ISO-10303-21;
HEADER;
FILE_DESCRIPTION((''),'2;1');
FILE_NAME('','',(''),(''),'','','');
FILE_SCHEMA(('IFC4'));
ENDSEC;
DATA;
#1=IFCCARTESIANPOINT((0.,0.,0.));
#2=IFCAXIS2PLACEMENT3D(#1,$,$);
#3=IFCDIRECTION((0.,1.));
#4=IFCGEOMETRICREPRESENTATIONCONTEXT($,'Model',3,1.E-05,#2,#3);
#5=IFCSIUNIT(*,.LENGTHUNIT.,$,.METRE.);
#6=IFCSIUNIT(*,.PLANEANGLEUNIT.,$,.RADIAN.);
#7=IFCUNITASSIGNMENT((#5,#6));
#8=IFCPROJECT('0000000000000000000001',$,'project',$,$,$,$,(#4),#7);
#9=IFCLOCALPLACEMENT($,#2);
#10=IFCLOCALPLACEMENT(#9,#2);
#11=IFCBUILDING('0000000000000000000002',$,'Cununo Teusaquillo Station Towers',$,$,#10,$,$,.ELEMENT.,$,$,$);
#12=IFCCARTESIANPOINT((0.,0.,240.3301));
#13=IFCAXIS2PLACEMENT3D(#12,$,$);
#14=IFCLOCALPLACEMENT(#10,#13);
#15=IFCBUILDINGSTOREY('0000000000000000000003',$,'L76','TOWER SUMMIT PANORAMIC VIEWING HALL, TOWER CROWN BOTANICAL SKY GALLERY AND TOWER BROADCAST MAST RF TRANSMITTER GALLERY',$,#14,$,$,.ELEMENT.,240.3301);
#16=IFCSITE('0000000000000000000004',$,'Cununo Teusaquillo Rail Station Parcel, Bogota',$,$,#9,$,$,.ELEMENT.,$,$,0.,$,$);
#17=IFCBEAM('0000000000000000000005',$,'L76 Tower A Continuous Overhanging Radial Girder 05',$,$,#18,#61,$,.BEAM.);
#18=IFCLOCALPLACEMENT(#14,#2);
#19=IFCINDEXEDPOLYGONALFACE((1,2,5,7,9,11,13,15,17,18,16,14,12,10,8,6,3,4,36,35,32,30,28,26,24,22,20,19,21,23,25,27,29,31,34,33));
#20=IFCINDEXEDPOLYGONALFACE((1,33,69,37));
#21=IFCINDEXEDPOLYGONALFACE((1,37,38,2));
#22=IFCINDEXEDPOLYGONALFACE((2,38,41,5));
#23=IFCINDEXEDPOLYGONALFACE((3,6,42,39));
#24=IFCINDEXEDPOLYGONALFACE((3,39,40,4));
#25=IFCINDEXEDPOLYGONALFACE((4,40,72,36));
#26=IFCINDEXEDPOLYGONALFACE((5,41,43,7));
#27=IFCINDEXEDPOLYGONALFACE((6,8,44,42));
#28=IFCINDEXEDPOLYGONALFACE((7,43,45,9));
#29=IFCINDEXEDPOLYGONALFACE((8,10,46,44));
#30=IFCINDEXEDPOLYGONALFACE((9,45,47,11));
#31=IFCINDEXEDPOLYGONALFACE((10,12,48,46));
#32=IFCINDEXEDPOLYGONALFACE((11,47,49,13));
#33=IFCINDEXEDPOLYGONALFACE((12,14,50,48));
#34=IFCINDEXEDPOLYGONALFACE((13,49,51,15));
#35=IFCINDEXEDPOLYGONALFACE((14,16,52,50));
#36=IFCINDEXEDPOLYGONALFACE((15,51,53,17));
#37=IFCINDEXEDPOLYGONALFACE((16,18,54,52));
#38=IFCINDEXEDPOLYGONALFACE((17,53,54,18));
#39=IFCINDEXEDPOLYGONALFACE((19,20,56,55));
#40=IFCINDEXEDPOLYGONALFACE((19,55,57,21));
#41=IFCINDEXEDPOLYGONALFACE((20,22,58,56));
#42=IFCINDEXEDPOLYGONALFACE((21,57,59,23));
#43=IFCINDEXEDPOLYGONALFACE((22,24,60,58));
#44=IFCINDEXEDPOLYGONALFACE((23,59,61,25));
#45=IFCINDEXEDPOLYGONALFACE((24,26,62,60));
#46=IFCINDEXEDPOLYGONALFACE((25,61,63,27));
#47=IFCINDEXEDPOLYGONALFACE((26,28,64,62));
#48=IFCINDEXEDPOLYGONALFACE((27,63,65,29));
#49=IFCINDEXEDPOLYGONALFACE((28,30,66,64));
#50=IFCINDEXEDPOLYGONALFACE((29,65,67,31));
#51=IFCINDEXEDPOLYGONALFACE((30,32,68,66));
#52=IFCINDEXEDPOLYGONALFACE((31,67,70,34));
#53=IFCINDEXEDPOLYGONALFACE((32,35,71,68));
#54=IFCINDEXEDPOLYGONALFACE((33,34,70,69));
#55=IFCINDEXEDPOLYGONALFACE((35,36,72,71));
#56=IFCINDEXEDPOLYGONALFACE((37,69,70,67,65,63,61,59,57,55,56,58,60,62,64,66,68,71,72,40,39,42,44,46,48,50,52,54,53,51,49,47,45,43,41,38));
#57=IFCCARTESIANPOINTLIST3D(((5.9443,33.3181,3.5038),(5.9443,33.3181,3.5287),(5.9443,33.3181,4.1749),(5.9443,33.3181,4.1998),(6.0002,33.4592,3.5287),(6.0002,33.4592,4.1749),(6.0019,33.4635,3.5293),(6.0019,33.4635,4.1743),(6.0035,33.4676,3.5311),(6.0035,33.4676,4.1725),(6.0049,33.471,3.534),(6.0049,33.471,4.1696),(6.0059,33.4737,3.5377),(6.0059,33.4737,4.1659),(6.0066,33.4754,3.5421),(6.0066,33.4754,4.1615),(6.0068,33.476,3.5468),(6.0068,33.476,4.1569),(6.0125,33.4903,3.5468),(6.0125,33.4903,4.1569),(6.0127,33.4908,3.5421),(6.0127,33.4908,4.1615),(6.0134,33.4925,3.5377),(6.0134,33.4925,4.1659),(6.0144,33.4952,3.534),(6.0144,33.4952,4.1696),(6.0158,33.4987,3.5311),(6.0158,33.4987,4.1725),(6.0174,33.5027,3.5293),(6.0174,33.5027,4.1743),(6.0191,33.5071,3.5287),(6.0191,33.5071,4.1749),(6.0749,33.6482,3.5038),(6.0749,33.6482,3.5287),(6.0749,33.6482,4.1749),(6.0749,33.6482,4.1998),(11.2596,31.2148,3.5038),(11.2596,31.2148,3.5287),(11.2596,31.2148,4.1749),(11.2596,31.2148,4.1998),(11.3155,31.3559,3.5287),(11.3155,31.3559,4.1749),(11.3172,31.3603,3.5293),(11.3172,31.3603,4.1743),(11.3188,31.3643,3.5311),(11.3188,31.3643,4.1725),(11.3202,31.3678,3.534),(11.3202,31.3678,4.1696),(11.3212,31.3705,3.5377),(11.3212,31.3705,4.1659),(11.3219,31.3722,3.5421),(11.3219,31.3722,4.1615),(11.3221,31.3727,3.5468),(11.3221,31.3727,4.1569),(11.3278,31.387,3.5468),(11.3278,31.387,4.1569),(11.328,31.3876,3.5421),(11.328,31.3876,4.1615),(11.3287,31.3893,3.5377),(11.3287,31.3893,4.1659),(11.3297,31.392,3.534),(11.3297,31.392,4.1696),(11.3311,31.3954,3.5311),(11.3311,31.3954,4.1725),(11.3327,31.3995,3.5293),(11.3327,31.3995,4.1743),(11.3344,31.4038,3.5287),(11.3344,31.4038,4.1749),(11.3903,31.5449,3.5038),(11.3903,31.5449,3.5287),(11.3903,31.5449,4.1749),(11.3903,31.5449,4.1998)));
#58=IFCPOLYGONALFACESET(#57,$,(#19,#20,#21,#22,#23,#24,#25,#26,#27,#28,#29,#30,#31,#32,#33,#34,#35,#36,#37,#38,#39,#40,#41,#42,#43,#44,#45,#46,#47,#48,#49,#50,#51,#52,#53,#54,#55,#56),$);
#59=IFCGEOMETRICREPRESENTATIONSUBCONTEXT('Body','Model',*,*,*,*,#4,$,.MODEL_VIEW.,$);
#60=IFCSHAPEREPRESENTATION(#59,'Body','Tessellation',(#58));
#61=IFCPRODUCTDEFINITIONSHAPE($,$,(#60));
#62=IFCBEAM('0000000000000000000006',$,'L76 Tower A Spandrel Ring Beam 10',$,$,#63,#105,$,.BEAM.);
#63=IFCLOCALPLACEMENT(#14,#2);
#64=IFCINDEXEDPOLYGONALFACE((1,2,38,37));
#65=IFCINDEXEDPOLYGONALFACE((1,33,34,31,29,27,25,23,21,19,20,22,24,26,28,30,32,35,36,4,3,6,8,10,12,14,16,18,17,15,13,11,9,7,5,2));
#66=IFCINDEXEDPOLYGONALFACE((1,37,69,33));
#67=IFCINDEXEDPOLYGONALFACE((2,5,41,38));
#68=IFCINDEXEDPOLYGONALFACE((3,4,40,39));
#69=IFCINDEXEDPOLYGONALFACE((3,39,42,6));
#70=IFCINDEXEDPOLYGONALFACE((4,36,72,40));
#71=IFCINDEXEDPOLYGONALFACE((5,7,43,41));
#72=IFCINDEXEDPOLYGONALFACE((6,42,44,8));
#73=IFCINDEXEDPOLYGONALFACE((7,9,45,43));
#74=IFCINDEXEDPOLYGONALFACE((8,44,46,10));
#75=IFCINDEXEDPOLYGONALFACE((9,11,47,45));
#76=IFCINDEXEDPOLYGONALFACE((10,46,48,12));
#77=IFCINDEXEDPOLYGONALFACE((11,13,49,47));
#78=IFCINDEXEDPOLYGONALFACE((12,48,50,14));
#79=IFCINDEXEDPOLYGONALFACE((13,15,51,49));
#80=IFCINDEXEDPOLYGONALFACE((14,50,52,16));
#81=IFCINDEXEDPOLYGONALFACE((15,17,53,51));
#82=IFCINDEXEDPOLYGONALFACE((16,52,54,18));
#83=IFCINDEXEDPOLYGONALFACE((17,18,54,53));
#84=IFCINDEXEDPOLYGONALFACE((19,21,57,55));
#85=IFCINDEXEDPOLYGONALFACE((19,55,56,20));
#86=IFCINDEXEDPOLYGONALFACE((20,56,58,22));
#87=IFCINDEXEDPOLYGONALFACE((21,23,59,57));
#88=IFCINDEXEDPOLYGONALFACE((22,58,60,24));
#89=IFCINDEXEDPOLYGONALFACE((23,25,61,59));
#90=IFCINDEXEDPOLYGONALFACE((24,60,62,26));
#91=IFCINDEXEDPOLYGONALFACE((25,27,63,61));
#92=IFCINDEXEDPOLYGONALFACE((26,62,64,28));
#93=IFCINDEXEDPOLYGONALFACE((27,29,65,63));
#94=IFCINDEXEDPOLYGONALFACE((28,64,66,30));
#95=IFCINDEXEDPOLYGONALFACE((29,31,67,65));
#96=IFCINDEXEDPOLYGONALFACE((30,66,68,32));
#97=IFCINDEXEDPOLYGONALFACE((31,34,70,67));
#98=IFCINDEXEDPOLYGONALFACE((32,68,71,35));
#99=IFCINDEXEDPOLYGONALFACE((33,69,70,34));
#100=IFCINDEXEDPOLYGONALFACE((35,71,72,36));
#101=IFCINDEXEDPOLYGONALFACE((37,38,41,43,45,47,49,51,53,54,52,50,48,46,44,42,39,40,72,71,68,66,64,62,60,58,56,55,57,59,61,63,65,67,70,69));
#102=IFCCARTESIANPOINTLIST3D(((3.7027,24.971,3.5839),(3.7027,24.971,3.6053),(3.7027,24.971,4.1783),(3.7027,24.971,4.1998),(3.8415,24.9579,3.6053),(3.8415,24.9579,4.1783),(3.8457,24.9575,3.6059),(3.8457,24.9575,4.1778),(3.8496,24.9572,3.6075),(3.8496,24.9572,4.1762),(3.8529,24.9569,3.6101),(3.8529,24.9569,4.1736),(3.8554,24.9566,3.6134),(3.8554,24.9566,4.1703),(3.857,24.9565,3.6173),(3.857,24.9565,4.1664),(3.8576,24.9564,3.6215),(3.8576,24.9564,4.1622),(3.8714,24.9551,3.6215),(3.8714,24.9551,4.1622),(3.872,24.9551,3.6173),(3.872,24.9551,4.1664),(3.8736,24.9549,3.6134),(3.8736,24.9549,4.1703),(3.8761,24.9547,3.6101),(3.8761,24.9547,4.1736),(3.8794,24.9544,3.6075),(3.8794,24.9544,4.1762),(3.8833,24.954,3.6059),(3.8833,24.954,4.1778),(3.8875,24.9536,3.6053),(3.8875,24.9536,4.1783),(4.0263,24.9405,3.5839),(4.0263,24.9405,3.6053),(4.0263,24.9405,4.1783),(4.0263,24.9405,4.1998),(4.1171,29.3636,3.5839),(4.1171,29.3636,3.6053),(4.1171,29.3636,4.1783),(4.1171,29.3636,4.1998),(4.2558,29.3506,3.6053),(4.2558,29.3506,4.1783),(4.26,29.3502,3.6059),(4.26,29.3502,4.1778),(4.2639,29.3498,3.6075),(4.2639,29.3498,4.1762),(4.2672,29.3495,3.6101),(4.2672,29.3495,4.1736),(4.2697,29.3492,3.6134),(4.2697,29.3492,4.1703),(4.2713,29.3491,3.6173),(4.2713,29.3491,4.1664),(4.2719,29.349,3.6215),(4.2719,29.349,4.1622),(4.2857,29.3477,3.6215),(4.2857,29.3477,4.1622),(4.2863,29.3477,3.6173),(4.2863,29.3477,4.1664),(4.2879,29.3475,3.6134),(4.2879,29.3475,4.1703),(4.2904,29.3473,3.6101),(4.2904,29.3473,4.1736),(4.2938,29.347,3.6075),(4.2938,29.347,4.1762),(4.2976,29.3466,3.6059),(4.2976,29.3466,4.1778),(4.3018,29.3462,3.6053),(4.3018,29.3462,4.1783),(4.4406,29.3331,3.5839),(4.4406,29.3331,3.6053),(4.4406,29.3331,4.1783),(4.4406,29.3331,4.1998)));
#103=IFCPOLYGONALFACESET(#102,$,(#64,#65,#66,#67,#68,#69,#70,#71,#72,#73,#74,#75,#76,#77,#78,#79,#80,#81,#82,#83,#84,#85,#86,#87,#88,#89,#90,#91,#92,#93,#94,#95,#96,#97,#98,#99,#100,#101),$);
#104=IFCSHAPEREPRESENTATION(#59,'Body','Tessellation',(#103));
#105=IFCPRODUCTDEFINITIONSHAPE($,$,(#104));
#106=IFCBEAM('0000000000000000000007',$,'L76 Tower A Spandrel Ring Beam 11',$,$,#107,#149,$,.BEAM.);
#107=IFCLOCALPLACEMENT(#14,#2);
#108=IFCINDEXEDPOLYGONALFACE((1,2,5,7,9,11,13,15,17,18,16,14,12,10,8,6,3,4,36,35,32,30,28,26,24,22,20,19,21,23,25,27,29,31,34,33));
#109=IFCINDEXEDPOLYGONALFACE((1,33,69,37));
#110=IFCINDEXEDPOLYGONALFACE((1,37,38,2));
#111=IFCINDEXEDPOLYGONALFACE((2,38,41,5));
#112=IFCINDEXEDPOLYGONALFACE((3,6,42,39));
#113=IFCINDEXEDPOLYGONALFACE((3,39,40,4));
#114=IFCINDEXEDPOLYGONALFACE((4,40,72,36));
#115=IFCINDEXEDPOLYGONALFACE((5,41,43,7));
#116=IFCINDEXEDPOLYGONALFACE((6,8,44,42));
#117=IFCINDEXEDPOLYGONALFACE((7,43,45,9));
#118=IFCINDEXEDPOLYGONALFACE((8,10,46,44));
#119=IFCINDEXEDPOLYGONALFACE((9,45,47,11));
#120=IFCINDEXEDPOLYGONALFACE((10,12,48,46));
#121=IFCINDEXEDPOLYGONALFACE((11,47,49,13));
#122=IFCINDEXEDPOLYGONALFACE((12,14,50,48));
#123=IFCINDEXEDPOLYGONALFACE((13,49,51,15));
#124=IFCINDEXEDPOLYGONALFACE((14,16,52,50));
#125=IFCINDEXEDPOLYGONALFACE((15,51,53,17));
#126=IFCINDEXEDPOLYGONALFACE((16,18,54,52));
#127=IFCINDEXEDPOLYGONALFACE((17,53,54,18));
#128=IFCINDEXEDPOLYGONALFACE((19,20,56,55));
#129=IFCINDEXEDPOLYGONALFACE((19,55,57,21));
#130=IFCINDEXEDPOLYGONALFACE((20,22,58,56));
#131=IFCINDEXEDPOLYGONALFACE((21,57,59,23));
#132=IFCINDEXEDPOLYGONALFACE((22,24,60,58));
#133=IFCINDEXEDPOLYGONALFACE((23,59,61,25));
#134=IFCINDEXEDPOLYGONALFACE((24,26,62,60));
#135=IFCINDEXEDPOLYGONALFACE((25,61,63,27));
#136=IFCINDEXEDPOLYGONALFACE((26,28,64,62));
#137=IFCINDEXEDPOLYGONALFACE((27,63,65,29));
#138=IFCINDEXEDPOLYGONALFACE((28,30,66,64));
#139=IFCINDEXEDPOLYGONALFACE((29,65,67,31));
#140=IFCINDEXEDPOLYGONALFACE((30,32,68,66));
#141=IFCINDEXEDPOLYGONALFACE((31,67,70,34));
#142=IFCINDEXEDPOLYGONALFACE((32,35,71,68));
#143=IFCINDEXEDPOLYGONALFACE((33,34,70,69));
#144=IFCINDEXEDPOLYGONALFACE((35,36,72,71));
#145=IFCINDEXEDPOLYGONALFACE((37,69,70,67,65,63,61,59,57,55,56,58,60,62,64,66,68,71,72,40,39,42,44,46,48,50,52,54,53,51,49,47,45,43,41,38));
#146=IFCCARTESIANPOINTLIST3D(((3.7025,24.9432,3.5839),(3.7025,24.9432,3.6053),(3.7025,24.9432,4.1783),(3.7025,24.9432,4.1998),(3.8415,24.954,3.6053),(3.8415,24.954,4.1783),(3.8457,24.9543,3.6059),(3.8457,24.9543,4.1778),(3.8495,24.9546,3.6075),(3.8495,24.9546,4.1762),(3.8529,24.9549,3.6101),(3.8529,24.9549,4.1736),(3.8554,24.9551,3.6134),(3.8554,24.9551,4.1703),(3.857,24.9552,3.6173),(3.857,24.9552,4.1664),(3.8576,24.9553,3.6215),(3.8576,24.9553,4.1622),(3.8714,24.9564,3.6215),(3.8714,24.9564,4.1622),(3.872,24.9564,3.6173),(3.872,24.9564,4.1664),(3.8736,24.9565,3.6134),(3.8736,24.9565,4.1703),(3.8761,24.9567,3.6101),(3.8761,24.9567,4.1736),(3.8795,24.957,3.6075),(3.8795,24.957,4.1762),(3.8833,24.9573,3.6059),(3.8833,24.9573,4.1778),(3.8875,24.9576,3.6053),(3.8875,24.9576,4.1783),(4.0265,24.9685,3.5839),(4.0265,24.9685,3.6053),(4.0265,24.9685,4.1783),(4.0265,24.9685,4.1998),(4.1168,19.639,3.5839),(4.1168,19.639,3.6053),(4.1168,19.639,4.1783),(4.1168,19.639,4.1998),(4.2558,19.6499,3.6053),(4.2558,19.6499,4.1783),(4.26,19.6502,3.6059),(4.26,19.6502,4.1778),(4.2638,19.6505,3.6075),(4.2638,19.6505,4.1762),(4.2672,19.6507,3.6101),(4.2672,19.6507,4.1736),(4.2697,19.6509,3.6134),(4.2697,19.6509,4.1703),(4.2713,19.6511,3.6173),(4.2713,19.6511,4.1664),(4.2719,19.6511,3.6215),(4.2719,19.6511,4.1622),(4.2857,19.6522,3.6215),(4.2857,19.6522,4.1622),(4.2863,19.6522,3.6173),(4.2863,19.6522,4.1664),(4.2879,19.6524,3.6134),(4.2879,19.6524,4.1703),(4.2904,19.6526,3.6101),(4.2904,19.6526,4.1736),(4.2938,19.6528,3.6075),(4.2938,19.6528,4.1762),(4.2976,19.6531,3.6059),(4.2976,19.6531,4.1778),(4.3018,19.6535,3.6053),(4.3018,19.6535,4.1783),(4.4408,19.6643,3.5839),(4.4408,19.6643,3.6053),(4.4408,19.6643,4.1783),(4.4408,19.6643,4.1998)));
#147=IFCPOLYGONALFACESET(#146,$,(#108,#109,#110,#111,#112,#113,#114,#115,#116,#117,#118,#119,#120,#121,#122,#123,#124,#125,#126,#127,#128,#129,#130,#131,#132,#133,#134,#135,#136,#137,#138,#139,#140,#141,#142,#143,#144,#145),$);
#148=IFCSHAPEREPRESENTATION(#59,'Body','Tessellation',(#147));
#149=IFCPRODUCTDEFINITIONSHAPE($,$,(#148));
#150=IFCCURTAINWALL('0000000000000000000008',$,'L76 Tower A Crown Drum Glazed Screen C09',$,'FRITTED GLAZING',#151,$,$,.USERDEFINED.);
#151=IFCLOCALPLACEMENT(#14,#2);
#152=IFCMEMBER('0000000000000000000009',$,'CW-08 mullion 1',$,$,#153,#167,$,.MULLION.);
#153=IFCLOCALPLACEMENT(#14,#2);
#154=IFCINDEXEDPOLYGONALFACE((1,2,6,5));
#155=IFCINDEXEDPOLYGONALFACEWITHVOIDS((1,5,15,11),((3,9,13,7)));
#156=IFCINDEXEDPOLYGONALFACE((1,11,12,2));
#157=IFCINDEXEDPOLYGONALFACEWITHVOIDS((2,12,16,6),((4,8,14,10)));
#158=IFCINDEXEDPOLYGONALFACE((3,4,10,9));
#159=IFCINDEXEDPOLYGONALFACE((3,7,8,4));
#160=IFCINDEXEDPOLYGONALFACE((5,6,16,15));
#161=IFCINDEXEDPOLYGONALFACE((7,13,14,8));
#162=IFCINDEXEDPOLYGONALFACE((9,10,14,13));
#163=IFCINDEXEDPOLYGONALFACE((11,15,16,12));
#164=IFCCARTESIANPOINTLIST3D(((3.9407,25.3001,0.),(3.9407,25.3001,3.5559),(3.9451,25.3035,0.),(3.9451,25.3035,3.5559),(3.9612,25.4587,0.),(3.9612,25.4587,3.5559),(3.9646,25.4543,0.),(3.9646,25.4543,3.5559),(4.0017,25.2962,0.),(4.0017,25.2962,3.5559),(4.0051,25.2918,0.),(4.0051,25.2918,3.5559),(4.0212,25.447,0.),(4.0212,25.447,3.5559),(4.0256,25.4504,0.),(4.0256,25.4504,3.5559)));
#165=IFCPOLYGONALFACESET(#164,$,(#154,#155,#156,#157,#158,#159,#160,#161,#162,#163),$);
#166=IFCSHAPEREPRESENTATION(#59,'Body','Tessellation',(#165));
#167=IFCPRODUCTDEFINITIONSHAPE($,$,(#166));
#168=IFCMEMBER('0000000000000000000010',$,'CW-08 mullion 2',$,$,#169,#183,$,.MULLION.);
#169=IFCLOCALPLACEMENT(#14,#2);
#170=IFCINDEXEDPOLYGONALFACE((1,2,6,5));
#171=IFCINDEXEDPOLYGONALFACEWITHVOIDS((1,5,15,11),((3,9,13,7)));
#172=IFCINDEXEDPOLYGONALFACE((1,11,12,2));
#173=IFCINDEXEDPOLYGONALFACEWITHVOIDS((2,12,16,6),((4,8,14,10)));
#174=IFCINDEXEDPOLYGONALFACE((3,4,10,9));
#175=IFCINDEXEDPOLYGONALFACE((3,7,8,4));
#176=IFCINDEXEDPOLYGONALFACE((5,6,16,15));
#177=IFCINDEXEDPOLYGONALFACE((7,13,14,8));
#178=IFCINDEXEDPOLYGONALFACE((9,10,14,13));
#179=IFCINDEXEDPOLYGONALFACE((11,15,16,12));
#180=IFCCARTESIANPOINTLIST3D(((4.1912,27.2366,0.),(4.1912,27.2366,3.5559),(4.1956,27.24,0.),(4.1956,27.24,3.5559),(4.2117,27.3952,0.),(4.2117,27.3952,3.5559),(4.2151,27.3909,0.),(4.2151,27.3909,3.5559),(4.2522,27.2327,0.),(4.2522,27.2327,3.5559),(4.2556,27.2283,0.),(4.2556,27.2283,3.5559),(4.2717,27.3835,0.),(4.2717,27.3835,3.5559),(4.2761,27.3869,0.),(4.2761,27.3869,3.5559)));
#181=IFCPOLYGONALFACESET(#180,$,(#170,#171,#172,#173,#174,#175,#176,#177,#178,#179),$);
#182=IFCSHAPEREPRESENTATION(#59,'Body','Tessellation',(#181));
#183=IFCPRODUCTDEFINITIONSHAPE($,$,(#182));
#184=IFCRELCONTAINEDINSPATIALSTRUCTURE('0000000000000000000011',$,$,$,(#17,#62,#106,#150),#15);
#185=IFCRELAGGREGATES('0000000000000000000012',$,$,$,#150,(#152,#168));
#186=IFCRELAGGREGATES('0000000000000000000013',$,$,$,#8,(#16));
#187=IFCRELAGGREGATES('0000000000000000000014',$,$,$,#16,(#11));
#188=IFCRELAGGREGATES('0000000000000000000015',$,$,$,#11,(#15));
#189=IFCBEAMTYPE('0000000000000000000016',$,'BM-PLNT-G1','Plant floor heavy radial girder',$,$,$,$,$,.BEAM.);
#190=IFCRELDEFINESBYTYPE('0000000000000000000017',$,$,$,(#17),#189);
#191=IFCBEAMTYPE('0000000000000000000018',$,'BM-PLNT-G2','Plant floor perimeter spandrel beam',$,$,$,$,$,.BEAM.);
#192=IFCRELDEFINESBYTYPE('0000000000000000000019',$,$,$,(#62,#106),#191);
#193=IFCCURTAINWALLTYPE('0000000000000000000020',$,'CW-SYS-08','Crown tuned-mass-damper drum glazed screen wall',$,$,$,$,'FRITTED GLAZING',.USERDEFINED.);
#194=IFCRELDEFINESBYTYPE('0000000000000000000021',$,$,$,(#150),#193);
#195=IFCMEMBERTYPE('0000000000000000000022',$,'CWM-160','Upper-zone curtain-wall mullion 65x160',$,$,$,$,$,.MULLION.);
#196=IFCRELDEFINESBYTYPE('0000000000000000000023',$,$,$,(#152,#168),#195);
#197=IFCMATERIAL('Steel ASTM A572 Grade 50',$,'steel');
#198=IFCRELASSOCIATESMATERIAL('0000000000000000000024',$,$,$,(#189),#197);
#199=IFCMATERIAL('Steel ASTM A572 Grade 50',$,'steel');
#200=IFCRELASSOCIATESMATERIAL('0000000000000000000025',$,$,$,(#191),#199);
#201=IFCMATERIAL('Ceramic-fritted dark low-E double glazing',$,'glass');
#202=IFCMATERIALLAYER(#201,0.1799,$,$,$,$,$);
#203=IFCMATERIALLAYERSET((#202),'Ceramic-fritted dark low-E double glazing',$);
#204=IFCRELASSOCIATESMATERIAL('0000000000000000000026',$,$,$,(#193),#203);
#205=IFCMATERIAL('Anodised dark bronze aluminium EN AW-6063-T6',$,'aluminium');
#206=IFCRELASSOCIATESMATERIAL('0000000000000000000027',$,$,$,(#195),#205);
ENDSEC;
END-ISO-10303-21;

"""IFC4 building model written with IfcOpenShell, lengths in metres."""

from ifc_helpers import new_model, si_unit, direction, frame, origin, origin_2d, place, context, subcontext, project, spatial, hollow_rectangle, i_section, extrude, material, layer, layer_set, material_profile, profile_set, type_object, element, aggregate, save


model = new_model("IFC4")

# Units and contexts
model_context = context("Model", 3, precision=1e-05, world=origin(), true_north=direction((0.0, 1.0)))
body_context = subcontext(model_context, "Body", "Model", "MODEL_VIEW")
ifc_project = project(units=[si_unit("LENGTHUNIT", "METRE"), si_unit("PLANEANGLEUNIT", "RADIAN")], contexts=[model_context])

# Site, building, storey
site_placement = place(None, origin())
site = spatial("IfcSite", under=ifc_project, at=site_placement, Name="Cununo Teusaquillo Rail Station Parcel, Bogota", CompositionType="ELEMENT", RefElevation=0.0)
building_placement = place(site_placement, origin())
building = spatial("IfcBuilding", under=site, at=building_placement, Name="Cununo Teusaquillo Station Towers", CompositionType="ELEMENT")
storey_placement = place(building_placement, frame((0.0, 0.0, 240.3301)))
storey = spatial("IfcBuildingStorey", under=building, at=storey_placement, Name="L76", Description="TOWER SUMMIT PANORAMIC VIEWING HALL, TOWER CROWN BOTANICAL SKY GALLERY AND TOWER BROADCAST MAST RF TRANSMITTER GALLERY", CompositionType="ELEMENT", Elevation=240.3301)

# Beams
ifc_material_1 = material(Name="Steel ASTM A572 Grade 50", Category="steel")
ifc_material_profile_1 = material_profile(ifc_material_1, i_section(OverallWidth=0.355, OverallDepth=0.696, WebThickness=0.0154, FlangeThickness=0.0249, FilletRadius=0.0181, at=origin_2d()), Name="W27X146")
ifc_profile_set_1 = profile_set([ifc_material_profile_1], Name="Steel ASTM A572 Grade 50")
beam_type_1 = type_object("IfcBeamType", Name="BM-PLNT-G1", Description="Plant floor heavy radial girder", PredefinedType="BEAM", material=ifc_profile_set_1)
beam_1_placement = place(storey_placement, frame((11.325, 31.3799, 3.8518), z_axis=(-0.929852, 0.367935, 0.0), x_axis=(-0.367935, -0.929852, 0.0)))
element("IfcBeam", 1, at=beam_1_placement, inside=storey, type_object=beam_type_1, Name="L76 Tower A Continuous Overhanging Radial Girder 05", PredefinedType="BEAM", context=body_context, shape_type="SweptSolid", body=[
    extrude(i_section(OverallWidth=0.355, OverallDepth=0.696, WebThickness=0.0154, FlangeThickness=0.0249, FilletRadius=0.0181, at=origin_2d()), origin(), (0.0, 0.0, 1.0), 5.7163),
])
ifc_material_2 = material(Name="Steel ASTM A572 Grade 50", Category="steel")
ifc_material_profile_2 = material_profile(ifc_material_2, i_section(OverallWidth=0.325, OverallDepth=0.616, WebThickness=0.0139, FlangeThickness=0.0215, FilletRadius=0.0161, at=origin_2d()), Name="W24X117")
ifc_profile_set_2 = profile_set([ifc_material_profile_2], Name="Steel ASTM A572 Grade 50")
beam_type_2 = type_object("IfcBeamType", Name="BM-PLNT-G2", Description="Plant floor perimeter spandrel beam", PredefinedType="BEAM", material=ifc_profile_set_2)
beam_2_placement = place(storey_placement, frame((4.2788, 29.3484, 3.8918), z_axis=(-0.093903, -0.995581, 0.0), x_axis=(0.995581, -0.093903, 0.0)))
element("IfcBeam", 2, at=beam_2_placement, inside=storey, type_object=beam_type_2, Name="L76 Tower A Spandrel Ring Beam 10", PredefinedType="BEAM", context=body_context, shape_type="SweptSolid", body=[
    extrude(i_section(OverallWidth=0.325, OverallDepth=0.616, WebThickness=0.0139, FlangeThickness=0.0215, FilletRadius=0.0161, at=origin_2d()), origin(), (0.0, 0.0, 1.0), 4.4121),
])
beam_3_placement = place(storey_placement, frame((3.8645, 24.9558, 3.8918), z_axis=(0.077872, -0.996963, 0.0), x_axis=(0.996963, 0.077872, 0.0)))
element("IfcBeam", 3, at=beam_3_placement, inside=storey, type_object=beam_type_2, Name="L76 Tower A Spandrel Ring Beam 11", PredefinedType="BEAM", context=body_context, shape_type="SweptSolid", body=[
    extrude(i_section(OverallWidth=0.325, OverallDepth=0.616, WebThickness=0.0139, FlangeThickness=0.0215, FilletRadius=0.0161, at=origin_2d()), origin(), (0.0, 0.0, 1.0), 5.3203),
])

# Curtain wall, members
ifc_material_3 = material(Name="Ceramic-fritted dark low-E double glazing", Category="glass")
ifc_layer_1 = layer(ifc_material_3, 0.1799)
ifc_layer_set_1 = layer_set([ifc_layer_1], Name="Ceramic-fritted dark low-E double glazing")
curtain_wall_type = type_object("IfcCurtainWallType", Name="CW-SYS-08", Description="Crown tuned-mass-damper drum glazed screen wall", ElementType="FRITTED GLAZING", PredefinedType="USERDEFINED", material=ifc_layer_set_1)
curtain_wall_placement = place(storey_placement, origin())
curtain_wall = element("IfcCurtainWall", 4, at=curtain_wall_placement, inside=storey, type_object=curtain_wall_type, Name="L76 Tower A Crown Drum Glazed Screen C09", ObjectType="FRITTED GLAZING", PredefinedType="USERDEFINED")
ifc_material_4 = material(Name="Anodised dark bronze aluminium EN AW-6063-T6", Category="aluminium")
ifc_material_profile_3 = material_profile(ifc_material_4, hollow_rectangle(XDim=0.0649, YDim=0.1599, WallThickness=0.0039, at=origin_2d()), Name="CW-MULL-65x160")
ifc_profile_set_3 = profile_set([ifc_material_profile_3], Name="Anodised dark bronze aluminium EN AW-6063-T6")
member_type_1 = type_object("IfcMemberType", Name="CWM-160", Description="Upper-zone curtain-wall mullion 65x160", PredefinedType="MULLION", material=ifc_profile_set_3)
member_1_placement = place(storey_placement, frame((3.9832, 25.3752, 0.0), z_axis=(0.0, 0.0, 1.0), x_axis=(-0.991742, 0.128253, 0.0)))
member_1 = element("IfcMember", 5, at=member_1_placement, type_object=member_type_1, Name="CW-08 mullion 1", PredefinedType="MULLION", context=body_context, shape_type="SweptSolid", body=[
    extrude(hollow_rectangle(XDim=0.0649, YDim=0.1599, WallThickness=0.0039, at=origin_2d()), origin(), (0.0, 0.0, 1.0), 3.5559),
])
member_2_placement = place(storey_placement, frame((4.2336, 27.3118, 0.0), z_axis=(0.0, 0.0, 1.0), x_axis=(-0.991742, 0.128253, 0.0)))
member_2 = element("IfcMember", 6, at=member_2_placement, type_object=member_type_1, Name="CW-08 mullion 2", PredefinedType="MULLION", context=body_context, shape_type="SweptSolid", body=[
    extrude(hollow_rectangle(XDim=0.0649, YDim=0.1599, WallThickness=0.0039, at=origin_2d()), origin(), (0.0, 0.0, 1.0), 3.5559),
])

aggregate(curtain_wall, [member_1, member_2])

save(model, "model.ifc")
